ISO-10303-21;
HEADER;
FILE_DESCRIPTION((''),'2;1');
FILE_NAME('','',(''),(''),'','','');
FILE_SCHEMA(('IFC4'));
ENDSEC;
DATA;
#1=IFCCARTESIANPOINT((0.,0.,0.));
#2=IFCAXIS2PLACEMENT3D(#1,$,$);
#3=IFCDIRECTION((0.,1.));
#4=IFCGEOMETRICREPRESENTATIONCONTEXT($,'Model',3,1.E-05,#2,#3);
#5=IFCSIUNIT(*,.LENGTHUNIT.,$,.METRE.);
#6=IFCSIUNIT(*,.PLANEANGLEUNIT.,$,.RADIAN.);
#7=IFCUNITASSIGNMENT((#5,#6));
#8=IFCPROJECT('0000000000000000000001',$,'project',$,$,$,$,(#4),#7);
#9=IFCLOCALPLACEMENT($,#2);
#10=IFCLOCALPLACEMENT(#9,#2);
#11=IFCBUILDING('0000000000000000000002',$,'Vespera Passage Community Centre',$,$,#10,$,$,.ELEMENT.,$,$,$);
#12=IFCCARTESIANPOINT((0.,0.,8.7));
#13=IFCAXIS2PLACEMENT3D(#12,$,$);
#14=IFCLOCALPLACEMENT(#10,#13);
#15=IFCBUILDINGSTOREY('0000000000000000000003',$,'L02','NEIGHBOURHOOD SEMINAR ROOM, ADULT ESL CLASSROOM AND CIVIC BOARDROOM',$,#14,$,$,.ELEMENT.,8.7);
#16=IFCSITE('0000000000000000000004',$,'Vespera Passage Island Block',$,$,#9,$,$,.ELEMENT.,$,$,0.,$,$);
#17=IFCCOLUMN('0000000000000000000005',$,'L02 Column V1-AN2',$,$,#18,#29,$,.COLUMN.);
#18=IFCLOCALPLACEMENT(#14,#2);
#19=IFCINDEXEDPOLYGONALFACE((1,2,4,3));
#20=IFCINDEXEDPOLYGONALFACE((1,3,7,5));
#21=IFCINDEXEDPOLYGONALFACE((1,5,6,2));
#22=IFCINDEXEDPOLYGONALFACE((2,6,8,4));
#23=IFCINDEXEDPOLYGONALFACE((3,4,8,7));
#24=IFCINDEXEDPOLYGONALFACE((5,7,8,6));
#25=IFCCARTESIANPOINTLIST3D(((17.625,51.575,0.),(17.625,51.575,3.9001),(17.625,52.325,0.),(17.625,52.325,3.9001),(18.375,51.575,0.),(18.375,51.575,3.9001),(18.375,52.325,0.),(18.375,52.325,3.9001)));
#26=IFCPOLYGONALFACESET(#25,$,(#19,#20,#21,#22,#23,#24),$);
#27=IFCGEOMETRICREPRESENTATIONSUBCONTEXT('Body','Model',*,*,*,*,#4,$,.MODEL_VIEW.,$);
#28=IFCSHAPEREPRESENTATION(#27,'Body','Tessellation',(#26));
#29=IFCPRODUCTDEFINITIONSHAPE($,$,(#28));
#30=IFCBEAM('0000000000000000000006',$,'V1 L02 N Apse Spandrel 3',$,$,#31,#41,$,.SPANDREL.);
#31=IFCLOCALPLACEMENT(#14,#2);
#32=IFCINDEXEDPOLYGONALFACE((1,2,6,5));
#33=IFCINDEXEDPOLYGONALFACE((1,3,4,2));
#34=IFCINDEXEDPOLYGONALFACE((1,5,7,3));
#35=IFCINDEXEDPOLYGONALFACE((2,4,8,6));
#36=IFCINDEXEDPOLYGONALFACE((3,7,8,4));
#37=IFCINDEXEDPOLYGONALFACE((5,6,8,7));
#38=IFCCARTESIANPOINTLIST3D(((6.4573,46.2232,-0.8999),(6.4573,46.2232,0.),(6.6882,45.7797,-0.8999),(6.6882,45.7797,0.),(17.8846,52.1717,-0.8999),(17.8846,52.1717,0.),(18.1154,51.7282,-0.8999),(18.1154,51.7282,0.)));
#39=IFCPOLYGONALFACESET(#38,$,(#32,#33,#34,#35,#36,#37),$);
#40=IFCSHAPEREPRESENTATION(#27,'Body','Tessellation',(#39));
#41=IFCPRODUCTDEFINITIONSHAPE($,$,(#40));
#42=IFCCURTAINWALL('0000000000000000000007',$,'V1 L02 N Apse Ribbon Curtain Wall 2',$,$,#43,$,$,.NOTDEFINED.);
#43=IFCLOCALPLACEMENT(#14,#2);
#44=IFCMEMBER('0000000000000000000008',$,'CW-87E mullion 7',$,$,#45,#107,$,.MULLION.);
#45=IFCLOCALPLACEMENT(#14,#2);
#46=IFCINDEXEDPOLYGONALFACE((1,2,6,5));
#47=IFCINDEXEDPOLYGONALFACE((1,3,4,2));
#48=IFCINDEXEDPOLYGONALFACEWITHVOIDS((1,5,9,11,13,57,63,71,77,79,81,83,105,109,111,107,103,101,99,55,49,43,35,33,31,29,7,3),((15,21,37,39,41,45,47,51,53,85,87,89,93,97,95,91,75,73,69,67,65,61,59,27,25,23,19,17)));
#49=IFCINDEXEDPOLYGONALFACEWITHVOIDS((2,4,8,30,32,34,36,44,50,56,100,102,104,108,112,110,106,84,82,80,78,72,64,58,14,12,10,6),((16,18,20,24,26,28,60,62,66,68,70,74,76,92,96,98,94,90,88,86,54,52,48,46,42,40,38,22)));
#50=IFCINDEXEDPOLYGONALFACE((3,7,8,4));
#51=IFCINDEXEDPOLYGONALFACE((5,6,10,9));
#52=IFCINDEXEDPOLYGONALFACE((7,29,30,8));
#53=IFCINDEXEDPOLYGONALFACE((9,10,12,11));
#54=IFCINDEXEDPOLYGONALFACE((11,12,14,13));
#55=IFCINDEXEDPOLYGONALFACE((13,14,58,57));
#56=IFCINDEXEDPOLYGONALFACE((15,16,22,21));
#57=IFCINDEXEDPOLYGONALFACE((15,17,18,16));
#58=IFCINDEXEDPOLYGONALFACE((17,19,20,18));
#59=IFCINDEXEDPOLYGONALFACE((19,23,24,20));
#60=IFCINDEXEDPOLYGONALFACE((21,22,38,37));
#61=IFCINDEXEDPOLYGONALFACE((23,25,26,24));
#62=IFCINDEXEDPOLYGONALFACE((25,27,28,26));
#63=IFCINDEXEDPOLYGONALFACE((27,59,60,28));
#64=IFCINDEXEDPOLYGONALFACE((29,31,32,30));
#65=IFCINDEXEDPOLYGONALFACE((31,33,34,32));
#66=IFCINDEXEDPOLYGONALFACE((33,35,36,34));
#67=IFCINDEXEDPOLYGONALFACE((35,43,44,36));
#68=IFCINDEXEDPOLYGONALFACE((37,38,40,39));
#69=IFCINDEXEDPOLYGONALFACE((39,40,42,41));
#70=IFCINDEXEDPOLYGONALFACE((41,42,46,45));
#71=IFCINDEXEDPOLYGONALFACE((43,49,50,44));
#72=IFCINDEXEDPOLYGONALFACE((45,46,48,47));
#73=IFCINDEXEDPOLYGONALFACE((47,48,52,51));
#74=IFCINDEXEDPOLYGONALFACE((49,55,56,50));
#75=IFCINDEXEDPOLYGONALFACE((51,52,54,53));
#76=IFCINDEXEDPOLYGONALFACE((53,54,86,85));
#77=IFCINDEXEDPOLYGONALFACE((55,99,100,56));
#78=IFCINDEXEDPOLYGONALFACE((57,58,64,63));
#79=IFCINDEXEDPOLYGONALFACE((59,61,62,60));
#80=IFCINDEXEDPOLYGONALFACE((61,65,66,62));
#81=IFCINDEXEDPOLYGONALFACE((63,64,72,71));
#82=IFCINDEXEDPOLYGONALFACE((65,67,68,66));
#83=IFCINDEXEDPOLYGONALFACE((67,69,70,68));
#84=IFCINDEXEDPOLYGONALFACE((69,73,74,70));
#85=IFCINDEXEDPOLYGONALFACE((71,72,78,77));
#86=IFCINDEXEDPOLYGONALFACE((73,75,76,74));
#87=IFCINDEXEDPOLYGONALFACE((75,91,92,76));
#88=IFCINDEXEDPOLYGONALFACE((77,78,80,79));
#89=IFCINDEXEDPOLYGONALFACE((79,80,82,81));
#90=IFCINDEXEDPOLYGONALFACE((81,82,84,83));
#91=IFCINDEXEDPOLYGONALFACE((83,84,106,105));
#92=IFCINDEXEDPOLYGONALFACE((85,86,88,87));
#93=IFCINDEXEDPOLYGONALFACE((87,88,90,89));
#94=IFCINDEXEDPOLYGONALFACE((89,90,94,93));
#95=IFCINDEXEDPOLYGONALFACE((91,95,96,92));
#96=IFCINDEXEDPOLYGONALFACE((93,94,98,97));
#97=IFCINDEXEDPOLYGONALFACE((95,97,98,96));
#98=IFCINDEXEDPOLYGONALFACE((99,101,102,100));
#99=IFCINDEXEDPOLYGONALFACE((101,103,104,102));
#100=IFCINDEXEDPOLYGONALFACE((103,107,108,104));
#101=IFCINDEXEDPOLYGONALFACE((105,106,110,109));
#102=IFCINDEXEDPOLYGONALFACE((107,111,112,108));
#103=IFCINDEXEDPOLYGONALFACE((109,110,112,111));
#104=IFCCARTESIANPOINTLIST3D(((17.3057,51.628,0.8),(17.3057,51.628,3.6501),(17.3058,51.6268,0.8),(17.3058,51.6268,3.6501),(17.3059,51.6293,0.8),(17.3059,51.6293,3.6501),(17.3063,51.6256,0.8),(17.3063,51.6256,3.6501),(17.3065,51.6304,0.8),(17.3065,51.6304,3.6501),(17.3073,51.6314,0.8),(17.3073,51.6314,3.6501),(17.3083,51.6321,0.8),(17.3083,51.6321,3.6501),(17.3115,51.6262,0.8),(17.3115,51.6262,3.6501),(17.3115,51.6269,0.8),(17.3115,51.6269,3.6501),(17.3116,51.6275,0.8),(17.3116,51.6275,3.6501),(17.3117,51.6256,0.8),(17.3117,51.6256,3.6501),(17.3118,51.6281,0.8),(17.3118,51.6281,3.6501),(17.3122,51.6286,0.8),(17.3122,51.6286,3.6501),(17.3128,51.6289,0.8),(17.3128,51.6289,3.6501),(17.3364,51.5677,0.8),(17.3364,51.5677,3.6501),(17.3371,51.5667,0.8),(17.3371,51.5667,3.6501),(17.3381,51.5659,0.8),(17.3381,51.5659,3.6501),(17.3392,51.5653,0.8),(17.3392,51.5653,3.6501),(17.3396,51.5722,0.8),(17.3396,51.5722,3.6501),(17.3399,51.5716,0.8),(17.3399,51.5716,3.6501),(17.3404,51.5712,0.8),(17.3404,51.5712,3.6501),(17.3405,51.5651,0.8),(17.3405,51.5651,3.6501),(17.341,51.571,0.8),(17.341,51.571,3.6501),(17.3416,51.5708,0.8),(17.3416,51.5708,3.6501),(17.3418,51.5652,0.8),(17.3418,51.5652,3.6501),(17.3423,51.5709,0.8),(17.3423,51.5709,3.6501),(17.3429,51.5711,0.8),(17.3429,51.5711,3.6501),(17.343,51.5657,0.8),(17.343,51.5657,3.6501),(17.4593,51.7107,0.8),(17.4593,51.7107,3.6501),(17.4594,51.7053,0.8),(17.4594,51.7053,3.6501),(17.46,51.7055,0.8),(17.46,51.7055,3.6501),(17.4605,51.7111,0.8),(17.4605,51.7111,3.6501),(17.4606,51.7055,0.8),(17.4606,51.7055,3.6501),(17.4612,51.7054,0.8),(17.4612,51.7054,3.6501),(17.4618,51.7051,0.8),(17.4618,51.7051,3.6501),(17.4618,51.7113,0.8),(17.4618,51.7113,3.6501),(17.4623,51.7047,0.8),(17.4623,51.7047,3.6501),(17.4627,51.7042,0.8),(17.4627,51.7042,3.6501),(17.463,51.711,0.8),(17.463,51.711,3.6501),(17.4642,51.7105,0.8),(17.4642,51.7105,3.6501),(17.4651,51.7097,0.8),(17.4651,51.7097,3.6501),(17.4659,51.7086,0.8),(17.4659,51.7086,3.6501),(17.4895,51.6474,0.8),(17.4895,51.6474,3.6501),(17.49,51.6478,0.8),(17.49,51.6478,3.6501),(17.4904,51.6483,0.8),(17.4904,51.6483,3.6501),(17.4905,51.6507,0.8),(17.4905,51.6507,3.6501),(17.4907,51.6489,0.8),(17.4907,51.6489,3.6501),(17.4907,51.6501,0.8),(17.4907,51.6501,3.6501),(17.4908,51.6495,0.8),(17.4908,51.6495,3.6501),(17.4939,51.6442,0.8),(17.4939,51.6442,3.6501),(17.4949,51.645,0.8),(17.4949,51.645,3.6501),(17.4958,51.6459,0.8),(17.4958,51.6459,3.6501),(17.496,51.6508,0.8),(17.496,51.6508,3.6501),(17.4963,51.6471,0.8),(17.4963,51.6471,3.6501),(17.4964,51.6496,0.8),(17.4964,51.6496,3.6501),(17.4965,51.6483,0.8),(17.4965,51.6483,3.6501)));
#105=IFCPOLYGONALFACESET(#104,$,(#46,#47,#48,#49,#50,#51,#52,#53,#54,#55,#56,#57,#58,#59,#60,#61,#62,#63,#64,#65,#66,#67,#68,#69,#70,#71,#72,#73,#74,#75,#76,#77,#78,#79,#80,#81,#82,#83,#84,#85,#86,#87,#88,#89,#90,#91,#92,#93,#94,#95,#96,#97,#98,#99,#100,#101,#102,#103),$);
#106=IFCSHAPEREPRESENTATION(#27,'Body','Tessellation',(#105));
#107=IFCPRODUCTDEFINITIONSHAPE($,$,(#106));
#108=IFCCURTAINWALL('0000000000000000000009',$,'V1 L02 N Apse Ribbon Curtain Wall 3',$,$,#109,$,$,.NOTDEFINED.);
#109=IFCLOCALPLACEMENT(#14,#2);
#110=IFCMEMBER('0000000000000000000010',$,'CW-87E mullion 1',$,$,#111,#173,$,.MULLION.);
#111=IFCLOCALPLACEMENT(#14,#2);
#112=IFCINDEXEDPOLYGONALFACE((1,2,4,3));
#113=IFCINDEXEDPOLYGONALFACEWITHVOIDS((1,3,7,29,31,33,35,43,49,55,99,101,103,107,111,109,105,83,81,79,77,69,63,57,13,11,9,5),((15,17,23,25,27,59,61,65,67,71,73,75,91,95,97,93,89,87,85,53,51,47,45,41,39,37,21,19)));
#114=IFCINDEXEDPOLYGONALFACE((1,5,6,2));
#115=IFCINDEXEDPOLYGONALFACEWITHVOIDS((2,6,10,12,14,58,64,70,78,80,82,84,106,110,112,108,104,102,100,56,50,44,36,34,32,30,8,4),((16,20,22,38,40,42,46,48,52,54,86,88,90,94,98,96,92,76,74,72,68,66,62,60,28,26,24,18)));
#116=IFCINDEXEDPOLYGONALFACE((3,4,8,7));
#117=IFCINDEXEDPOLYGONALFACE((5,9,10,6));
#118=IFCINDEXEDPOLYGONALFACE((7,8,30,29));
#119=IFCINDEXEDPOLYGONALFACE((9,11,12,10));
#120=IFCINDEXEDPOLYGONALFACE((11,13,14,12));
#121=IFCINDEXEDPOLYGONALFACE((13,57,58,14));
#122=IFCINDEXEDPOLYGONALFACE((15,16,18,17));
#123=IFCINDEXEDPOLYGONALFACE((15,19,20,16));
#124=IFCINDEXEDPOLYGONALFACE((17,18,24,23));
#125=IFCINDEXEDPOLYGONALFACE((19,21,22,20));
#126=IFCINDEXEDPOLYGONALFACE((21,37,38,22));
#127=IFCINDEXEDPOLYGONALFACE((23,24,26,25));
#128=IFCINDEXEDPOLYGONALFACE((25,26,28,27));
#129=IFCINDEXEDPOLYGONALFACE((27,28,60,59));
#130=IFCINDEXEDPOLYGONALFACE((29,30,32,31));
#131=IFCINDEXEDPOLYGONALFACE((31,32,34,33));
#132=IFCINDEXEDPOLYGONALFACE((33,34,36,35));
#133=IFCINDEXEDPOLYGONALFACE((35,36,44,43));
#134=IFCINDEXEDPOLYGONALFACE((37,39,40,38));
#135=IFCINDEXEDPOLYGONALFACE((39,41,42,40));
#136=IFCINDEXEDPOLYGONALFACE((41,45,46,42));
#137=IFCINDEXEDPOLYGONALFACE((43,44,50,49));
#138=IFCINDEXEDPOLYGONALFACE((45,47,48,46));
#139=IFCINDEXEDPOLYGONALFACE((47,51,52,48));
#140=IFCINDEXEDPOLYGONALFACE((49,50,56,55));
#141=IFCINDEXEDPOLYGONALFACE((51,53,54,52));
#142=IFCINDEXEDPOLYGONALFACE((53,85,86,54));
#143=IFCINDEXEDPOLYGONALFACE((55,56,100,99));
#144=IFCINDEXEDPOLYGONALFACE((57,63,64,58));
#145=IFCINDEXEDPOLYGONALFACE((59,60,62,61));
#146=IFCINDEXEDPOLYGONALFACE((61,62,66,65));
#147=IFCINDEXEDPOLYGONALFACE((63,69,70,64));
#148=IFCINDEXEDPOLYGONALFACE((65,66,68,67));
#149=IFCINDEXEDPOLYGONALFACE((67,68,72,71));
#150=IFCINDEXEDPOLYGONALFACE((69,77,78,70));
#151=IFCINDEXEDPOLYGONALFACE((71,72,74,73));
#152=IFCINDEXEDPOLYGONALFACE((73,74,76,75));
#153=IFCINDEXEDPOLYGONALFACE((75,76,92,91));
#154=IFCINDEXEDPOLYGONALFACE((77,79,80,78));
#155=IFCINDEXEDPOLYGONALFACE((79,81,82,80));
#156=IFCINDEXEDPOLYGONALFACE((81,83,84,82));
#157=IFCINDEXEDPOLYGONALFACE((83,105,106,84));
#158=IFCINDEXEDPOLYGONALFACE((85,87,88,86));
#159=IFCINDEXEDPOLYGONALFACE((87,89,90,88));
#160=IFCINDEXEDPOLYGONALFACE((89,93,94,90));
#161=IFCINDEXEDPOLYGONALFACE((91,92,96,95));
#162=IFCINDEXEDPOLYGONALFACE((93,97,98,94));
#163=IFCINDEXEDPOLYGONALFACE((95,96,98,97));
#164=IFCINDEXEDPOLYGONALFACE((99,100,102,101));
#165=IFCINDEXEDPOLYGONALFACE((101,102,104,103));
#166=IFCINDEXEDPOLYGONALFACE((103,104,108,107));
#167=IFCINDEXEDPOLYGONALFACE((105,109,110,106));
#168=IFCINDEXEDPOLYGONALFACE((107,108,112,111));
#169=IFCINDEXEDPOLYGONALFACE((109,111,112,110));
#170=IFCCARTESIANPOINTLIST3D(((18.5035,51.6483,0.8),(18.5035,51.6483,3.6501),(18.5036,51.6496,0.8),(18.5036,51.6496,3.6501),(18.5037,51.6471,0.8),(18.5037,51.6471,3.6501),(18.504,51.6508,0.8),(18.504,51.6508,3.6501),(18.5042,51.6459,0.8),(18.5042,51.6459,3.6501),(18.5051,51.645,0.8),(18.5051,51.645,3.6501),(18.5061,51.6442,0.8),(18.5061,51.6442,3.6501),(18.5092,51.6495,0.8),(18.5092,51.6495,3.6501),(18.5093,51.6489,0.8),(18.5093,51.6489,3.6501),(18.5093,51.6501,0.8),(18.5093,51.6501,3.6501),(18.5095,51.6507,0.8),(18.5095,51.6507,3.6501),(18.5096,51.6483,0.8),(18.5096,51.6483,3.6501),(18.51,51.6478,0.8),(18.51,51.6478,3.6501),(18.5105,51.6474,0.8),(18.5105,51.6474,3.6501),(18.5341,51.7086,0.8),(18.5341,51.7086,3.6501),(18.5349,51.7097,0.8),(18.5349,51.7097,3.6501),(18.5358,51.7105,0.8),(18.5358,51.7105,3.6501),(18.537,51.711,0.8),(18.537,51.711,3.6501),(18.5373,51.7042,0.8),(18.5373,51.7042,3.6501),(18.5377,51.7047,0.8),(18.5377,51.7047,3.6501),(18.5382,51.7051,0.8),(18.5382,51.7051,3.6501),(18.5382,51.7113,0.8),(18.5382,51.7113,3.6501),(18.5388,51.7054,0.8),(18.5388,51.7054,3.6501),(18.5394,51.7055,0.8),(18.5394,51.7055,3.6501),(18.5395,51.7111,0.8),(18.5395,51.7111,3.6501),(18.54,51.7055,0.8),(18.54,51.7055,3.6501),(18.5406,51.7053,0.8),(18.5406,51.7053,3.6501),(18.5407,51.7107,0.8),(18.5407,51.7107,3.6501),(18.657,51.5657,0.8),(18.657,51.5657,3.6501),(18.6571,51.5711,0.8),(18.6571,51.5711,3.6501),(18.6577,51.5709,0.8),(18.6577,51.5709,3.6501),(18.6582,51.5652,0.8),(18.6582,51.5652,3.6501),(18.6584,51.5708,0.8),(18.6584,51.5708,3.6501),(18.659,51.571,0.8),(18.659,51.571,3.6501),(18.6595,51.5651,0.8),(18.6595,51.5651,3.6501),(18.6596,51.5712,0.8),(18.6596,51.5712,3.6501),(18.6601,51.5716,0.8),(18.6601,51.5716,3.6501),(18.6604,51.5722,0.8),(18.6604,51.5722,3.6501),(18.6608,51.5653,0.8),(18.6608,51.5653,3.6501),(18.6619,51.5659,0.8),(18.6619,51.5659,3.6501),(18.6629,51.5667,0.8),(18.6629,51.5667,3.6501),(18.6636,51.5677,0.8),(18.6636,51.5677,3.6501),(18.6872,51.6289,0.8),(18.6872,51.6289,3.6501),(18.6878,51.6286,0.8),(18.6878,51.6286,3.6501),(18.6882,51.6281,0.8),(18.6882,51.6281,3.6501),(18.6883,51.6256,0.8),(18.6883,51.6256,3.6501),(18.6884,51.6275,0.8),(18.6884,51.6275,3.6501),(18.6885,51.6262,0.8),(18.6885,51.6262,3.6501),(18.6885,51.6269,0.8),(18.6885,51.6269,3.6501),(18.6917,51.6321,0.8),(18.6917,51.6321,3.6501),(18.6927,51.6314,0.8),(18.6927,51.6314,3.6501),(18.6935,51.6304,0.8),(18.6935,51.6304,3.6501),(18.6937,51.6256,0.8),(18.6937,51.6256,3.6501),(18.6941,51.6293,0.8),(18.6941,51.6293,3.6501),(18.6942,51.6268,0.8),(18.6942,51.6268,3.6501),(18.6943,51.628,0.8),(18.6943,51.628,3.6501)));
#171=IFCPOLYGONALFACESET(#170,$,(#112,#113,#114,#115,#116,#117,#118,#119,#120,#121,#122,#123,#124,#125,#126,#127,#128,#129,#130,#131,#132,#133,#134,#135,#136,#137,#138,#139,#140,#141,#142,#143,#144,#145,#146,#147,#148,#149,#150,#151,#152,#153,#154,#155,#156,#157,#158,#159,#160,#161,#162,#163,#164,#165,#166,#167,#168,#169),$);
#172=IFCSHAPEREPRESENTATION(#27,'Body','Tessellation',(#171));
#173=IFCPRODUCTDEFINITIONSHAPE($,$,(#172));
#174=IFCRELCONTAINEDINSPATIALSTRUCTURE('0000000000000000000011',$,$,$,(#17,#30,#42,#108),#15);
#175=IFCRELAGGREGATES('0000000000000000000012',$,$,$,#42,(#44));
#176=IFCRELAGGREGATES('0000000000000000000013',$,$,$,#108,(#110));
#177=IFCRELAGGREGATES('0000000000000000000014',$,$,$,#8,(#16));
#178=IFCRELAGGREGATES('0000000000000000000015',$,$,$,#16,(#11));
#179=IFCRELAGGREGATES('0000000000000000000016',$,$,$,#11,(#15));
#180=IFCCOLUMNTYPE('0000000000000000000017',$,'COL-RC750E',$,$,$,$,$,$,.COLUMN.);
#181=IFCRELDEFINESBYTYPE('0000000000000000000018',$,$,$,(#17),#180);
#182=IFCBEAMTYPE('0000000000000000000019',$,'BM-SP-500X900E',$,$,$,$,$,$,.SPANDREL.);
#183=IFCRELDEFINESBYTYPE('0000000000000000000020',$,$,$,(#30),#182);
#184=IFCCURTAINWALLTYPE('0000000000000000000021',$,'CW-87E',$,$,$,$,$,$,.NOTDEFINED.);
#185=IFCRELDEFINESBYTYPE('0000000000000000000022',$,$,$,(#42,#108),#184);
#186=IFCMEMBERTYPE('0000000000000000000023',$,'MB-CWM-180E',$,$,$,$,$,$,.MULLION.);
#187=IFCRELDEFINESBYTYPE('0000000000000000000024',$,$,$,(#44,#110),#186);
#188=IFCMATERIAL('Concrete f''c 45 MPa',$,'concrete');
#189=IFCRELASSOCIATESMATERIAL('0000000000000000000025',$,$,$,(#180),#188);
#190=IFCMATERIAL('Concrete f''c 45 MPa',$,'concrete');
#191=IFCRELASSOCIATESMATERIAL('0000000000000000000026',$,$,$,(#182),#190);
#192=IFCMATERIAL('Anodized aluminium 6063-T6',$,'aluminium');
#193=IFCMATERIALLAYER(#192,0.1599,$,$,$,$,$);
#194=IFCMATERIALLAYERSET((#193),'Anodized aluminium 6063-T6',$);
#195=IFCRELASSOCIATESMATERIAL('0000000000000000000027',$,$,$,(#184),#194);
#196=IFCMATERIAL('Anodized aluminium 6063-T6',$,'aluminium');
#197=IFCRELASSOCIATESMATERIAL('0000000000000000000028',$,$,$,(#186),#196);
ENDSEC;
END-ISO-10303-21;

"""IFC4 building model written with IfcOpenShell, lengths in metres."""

from ifc_helpers import new_model, si_unit, direction, frame, origin, origin_2d, place, context, subcontext, project, spatial, rectangle, hollow_rectangle, extrude, material, layer, layer_set, material_profile, profile_set, type_object, element, aggregate, save


model = new_model("IFC4")

# Units and contexts
model_context = context("Model", 3, precision=1e-05, world=origin(), true_north=direction((0.0, 1.0)))
body_context = subcontext(model_context, "Body", "Model", "MODEL_VIEW")
ifc_project = project(units=[si_unit("LENGTHUNIT", "METRE"), si_unit("PLANEANGLEUNIT", "RADIAN")], contexts=[model_context])

# Site, building, storey
site_placement = place(None, origin())
site = spatial("IfcSite", under=ifc_project, at=site_placement, Name="Vespera Passage Island Block", CompositionType="ELEMENT", RefElevation=0.0)
building_placement = place(site_placement, origin())
building = spatial("IfcBuilding", under=site, at=building_placement, Name="Vespera Passage Community Centre", CompositionType="ELEMENT")
storey_placement = place(building_placement, frame((0.0, 0.0, 8.7)))
storey = spatial("IfcBuildingStorey", under=building, at=storey_placement, Name="L02", Description="NEIGHBOURHOOD SEMINAR ROOM, ADULT ESL CLASSROOM AND CIVIC BOARDROOM", CompositionType="ELEMENT", Elevation=8.7)

# Column
ifc_material_1 = material(Name="Concrete f'c 45 MPa", Category="concrete")
ifc_material_profile_1 = material_profile(ifc_material_1, rectangle(XDim=0.75, YDim=0.75, at=origin_2d()), Name="RC750X750")
ifc_profile_set_1 = profile_set([ifc_material_profile_1], Name="Concrete f'c 45 MPa")
column_type = type_object("IfcColumnType", Name="COL-RC750E", PredefinedType="COLUMN", material=ifc_profile_set_1)
column_placement = place(storey_placement, frame((18.0, 51.95, 0.0), z_axis=(0.0, 0.0, 1.0), x_axis=(1.0, 0.0, 0.0)))
element("IfcColumn", 1, at=column_placement, inside=storey, type_object=column_type, Name="L02 Column V1-AN2", PredefinedType="COLUMN", context=body_context, shape_type="SweptSolid", body=[
    extrude(rectangle(XDim=0.75, YDim=0.75, at=origin_2d()), origin(), (0.0, 0.0, 1.0), 3.9001),
])

# Beam
ifc_material_2 = material(Name="Concrete f'c 45 MPa", Category="concrete")
ifc_material_profile_2 = material_profile(ifc_material_2, rectangle(XDim=0.5, YDim=0.8999, at=origin_2d()), Name="RC500X900")
ifc_profile_set_2 = profile_set([ifc_material_profile_2], Name="Concrete f'c 45 MPa")
beam_type = type_object("IfcBeamType", Name="BM-SP-500X900E", PredefinedType="SPANDREL", material=ifc_profile_set_2)
beam_placement = place(storey_placement, frame((18.0, 51.95, -0.45), z_axis=(-0.887016, -0.461739, 0.0), x_axis=(0.461739, -0.887016, 0.0)))
element("IfcBeam", 2, at=beam_placement, inside=storey, type_object=beam_type, Name="V1 L02 N Apse Spandrel 3", PredefinedType="SPANDREL", context=body_context, shape_type="SweptSolid", body=[
    extrude(rectangle(XDim=0.5, YDim=0.8999, at=origin_2d()), origin(), (0.0, 0.0, 1.0), 12.8828),
])

# Curtain wall, member
ifc_material_3 = material(Name="Anodized aluminium 6063-T6", Category="aluminium")
ifc_layer_1 = layer(ifc_material_3, 0.1599)
ifc_layer_set_1 = layer_set([ifc_layer_1], Name="Anodized aluminium 6063-T6")
curtain_wall_type = type_object("IfcCurtainWallType", Name="CW-87E", PredefinedType="NOTDEFINED", material=ifc_layer_set_1)
curtain_wall_1_placement = place(storey_placement, origin())
curtain_wall_1 = element("IfcCurtainWall", 3, at=curtain_wall_1_placement, inside=storey, type_object=curtain_wall_type, Name="V1 L02 N Apse Ribbon Curtain Wall 2", PredefinedType="NOTDEFINED")
ifc_material_4 = material(Name="Anodized aluminium 6063-T6", Category="aluminium")
ifc_material_profile_3 = material_profile(ifc_material_4, hollow_rectangle(XDim=0.075, YDim=0.1799, WallThickness=0.0049, InnerFilletRadius=0.0024, OuterFilletRadius=0.0049, at=origin_2d()), Name="ALU180X75X5")
ifc_profile_set_3 = profile_set([ifc_material_profile_3], Name="Anodized aluminium 6063-T6")
member_type_1 = type_object("IfcMemberType", Name="MB-CWM-180E", PredefinedType="MULLION", material=ifc_profile_set_3)
member_1_placement = place(storey_placement, frame((17.4011, 51.6382, 0.8), z_axis=(0.0, 0.0, 1.0), x_axis=(-0.461745, 0.887013, 0.0)))
member_1 = element("IfcMember", 4, at=member_1_placement, type_object=member_type_1, Name="CW-87E mullion 7", PredefinedType="MULLION", context=body_context, shape_type="SweptSolid", body=[
    extrude(hollow_rectangle(XDim=0.075, YDim=0.1799, WallThickness=0.0049, InnerFilletRadius=0.0024, OuterFilletRadius=0.0049, at=origin_2d()), origin(), (0.0, 0.0, 1.0), 2.8501),
])

# Curtain wall, member
curtain_wall_2_placement = place(storey_placement, origin())
curtain_wall_2 = element("IfcCurtainWall", 5, at=curtain_wall_2_placement, inside=storey, type_object=curtain_wall_type, Name="V1 L02 N Apse Ribbon Curtain Wall 3", PredefinedType="NOTDEFINED")
member_2_placement = place(storey_placement, frame((18.5989, 51.6382, 0.8), z_axis=(0.0, 0.0, 1.0), x_axis=(0.461745, 0.887013, 0.0)))
member_2 = element("IfcMember", 6, at=member_2_placement, type_object=member_type_1, Name="CW-87E mullion 1", PredefinedType="MULLION", context=body_context, shape_type="SweptSolid", body=[
    extrude(hollow_rectangle(XDim=0.075, YDim=0.1799, WallThickness=0.0049, InnerFilletRadius=0.0024, OuterFilletRadius=0.0049, at=origin_2d()), origin(), (0.0, 0.0, 1.0), 2.8501),
])

aggregate(curtain_wall_1, [member_1])
aggregate(curtain_wall_2, [member_2])

save(model, "model.ifc")
